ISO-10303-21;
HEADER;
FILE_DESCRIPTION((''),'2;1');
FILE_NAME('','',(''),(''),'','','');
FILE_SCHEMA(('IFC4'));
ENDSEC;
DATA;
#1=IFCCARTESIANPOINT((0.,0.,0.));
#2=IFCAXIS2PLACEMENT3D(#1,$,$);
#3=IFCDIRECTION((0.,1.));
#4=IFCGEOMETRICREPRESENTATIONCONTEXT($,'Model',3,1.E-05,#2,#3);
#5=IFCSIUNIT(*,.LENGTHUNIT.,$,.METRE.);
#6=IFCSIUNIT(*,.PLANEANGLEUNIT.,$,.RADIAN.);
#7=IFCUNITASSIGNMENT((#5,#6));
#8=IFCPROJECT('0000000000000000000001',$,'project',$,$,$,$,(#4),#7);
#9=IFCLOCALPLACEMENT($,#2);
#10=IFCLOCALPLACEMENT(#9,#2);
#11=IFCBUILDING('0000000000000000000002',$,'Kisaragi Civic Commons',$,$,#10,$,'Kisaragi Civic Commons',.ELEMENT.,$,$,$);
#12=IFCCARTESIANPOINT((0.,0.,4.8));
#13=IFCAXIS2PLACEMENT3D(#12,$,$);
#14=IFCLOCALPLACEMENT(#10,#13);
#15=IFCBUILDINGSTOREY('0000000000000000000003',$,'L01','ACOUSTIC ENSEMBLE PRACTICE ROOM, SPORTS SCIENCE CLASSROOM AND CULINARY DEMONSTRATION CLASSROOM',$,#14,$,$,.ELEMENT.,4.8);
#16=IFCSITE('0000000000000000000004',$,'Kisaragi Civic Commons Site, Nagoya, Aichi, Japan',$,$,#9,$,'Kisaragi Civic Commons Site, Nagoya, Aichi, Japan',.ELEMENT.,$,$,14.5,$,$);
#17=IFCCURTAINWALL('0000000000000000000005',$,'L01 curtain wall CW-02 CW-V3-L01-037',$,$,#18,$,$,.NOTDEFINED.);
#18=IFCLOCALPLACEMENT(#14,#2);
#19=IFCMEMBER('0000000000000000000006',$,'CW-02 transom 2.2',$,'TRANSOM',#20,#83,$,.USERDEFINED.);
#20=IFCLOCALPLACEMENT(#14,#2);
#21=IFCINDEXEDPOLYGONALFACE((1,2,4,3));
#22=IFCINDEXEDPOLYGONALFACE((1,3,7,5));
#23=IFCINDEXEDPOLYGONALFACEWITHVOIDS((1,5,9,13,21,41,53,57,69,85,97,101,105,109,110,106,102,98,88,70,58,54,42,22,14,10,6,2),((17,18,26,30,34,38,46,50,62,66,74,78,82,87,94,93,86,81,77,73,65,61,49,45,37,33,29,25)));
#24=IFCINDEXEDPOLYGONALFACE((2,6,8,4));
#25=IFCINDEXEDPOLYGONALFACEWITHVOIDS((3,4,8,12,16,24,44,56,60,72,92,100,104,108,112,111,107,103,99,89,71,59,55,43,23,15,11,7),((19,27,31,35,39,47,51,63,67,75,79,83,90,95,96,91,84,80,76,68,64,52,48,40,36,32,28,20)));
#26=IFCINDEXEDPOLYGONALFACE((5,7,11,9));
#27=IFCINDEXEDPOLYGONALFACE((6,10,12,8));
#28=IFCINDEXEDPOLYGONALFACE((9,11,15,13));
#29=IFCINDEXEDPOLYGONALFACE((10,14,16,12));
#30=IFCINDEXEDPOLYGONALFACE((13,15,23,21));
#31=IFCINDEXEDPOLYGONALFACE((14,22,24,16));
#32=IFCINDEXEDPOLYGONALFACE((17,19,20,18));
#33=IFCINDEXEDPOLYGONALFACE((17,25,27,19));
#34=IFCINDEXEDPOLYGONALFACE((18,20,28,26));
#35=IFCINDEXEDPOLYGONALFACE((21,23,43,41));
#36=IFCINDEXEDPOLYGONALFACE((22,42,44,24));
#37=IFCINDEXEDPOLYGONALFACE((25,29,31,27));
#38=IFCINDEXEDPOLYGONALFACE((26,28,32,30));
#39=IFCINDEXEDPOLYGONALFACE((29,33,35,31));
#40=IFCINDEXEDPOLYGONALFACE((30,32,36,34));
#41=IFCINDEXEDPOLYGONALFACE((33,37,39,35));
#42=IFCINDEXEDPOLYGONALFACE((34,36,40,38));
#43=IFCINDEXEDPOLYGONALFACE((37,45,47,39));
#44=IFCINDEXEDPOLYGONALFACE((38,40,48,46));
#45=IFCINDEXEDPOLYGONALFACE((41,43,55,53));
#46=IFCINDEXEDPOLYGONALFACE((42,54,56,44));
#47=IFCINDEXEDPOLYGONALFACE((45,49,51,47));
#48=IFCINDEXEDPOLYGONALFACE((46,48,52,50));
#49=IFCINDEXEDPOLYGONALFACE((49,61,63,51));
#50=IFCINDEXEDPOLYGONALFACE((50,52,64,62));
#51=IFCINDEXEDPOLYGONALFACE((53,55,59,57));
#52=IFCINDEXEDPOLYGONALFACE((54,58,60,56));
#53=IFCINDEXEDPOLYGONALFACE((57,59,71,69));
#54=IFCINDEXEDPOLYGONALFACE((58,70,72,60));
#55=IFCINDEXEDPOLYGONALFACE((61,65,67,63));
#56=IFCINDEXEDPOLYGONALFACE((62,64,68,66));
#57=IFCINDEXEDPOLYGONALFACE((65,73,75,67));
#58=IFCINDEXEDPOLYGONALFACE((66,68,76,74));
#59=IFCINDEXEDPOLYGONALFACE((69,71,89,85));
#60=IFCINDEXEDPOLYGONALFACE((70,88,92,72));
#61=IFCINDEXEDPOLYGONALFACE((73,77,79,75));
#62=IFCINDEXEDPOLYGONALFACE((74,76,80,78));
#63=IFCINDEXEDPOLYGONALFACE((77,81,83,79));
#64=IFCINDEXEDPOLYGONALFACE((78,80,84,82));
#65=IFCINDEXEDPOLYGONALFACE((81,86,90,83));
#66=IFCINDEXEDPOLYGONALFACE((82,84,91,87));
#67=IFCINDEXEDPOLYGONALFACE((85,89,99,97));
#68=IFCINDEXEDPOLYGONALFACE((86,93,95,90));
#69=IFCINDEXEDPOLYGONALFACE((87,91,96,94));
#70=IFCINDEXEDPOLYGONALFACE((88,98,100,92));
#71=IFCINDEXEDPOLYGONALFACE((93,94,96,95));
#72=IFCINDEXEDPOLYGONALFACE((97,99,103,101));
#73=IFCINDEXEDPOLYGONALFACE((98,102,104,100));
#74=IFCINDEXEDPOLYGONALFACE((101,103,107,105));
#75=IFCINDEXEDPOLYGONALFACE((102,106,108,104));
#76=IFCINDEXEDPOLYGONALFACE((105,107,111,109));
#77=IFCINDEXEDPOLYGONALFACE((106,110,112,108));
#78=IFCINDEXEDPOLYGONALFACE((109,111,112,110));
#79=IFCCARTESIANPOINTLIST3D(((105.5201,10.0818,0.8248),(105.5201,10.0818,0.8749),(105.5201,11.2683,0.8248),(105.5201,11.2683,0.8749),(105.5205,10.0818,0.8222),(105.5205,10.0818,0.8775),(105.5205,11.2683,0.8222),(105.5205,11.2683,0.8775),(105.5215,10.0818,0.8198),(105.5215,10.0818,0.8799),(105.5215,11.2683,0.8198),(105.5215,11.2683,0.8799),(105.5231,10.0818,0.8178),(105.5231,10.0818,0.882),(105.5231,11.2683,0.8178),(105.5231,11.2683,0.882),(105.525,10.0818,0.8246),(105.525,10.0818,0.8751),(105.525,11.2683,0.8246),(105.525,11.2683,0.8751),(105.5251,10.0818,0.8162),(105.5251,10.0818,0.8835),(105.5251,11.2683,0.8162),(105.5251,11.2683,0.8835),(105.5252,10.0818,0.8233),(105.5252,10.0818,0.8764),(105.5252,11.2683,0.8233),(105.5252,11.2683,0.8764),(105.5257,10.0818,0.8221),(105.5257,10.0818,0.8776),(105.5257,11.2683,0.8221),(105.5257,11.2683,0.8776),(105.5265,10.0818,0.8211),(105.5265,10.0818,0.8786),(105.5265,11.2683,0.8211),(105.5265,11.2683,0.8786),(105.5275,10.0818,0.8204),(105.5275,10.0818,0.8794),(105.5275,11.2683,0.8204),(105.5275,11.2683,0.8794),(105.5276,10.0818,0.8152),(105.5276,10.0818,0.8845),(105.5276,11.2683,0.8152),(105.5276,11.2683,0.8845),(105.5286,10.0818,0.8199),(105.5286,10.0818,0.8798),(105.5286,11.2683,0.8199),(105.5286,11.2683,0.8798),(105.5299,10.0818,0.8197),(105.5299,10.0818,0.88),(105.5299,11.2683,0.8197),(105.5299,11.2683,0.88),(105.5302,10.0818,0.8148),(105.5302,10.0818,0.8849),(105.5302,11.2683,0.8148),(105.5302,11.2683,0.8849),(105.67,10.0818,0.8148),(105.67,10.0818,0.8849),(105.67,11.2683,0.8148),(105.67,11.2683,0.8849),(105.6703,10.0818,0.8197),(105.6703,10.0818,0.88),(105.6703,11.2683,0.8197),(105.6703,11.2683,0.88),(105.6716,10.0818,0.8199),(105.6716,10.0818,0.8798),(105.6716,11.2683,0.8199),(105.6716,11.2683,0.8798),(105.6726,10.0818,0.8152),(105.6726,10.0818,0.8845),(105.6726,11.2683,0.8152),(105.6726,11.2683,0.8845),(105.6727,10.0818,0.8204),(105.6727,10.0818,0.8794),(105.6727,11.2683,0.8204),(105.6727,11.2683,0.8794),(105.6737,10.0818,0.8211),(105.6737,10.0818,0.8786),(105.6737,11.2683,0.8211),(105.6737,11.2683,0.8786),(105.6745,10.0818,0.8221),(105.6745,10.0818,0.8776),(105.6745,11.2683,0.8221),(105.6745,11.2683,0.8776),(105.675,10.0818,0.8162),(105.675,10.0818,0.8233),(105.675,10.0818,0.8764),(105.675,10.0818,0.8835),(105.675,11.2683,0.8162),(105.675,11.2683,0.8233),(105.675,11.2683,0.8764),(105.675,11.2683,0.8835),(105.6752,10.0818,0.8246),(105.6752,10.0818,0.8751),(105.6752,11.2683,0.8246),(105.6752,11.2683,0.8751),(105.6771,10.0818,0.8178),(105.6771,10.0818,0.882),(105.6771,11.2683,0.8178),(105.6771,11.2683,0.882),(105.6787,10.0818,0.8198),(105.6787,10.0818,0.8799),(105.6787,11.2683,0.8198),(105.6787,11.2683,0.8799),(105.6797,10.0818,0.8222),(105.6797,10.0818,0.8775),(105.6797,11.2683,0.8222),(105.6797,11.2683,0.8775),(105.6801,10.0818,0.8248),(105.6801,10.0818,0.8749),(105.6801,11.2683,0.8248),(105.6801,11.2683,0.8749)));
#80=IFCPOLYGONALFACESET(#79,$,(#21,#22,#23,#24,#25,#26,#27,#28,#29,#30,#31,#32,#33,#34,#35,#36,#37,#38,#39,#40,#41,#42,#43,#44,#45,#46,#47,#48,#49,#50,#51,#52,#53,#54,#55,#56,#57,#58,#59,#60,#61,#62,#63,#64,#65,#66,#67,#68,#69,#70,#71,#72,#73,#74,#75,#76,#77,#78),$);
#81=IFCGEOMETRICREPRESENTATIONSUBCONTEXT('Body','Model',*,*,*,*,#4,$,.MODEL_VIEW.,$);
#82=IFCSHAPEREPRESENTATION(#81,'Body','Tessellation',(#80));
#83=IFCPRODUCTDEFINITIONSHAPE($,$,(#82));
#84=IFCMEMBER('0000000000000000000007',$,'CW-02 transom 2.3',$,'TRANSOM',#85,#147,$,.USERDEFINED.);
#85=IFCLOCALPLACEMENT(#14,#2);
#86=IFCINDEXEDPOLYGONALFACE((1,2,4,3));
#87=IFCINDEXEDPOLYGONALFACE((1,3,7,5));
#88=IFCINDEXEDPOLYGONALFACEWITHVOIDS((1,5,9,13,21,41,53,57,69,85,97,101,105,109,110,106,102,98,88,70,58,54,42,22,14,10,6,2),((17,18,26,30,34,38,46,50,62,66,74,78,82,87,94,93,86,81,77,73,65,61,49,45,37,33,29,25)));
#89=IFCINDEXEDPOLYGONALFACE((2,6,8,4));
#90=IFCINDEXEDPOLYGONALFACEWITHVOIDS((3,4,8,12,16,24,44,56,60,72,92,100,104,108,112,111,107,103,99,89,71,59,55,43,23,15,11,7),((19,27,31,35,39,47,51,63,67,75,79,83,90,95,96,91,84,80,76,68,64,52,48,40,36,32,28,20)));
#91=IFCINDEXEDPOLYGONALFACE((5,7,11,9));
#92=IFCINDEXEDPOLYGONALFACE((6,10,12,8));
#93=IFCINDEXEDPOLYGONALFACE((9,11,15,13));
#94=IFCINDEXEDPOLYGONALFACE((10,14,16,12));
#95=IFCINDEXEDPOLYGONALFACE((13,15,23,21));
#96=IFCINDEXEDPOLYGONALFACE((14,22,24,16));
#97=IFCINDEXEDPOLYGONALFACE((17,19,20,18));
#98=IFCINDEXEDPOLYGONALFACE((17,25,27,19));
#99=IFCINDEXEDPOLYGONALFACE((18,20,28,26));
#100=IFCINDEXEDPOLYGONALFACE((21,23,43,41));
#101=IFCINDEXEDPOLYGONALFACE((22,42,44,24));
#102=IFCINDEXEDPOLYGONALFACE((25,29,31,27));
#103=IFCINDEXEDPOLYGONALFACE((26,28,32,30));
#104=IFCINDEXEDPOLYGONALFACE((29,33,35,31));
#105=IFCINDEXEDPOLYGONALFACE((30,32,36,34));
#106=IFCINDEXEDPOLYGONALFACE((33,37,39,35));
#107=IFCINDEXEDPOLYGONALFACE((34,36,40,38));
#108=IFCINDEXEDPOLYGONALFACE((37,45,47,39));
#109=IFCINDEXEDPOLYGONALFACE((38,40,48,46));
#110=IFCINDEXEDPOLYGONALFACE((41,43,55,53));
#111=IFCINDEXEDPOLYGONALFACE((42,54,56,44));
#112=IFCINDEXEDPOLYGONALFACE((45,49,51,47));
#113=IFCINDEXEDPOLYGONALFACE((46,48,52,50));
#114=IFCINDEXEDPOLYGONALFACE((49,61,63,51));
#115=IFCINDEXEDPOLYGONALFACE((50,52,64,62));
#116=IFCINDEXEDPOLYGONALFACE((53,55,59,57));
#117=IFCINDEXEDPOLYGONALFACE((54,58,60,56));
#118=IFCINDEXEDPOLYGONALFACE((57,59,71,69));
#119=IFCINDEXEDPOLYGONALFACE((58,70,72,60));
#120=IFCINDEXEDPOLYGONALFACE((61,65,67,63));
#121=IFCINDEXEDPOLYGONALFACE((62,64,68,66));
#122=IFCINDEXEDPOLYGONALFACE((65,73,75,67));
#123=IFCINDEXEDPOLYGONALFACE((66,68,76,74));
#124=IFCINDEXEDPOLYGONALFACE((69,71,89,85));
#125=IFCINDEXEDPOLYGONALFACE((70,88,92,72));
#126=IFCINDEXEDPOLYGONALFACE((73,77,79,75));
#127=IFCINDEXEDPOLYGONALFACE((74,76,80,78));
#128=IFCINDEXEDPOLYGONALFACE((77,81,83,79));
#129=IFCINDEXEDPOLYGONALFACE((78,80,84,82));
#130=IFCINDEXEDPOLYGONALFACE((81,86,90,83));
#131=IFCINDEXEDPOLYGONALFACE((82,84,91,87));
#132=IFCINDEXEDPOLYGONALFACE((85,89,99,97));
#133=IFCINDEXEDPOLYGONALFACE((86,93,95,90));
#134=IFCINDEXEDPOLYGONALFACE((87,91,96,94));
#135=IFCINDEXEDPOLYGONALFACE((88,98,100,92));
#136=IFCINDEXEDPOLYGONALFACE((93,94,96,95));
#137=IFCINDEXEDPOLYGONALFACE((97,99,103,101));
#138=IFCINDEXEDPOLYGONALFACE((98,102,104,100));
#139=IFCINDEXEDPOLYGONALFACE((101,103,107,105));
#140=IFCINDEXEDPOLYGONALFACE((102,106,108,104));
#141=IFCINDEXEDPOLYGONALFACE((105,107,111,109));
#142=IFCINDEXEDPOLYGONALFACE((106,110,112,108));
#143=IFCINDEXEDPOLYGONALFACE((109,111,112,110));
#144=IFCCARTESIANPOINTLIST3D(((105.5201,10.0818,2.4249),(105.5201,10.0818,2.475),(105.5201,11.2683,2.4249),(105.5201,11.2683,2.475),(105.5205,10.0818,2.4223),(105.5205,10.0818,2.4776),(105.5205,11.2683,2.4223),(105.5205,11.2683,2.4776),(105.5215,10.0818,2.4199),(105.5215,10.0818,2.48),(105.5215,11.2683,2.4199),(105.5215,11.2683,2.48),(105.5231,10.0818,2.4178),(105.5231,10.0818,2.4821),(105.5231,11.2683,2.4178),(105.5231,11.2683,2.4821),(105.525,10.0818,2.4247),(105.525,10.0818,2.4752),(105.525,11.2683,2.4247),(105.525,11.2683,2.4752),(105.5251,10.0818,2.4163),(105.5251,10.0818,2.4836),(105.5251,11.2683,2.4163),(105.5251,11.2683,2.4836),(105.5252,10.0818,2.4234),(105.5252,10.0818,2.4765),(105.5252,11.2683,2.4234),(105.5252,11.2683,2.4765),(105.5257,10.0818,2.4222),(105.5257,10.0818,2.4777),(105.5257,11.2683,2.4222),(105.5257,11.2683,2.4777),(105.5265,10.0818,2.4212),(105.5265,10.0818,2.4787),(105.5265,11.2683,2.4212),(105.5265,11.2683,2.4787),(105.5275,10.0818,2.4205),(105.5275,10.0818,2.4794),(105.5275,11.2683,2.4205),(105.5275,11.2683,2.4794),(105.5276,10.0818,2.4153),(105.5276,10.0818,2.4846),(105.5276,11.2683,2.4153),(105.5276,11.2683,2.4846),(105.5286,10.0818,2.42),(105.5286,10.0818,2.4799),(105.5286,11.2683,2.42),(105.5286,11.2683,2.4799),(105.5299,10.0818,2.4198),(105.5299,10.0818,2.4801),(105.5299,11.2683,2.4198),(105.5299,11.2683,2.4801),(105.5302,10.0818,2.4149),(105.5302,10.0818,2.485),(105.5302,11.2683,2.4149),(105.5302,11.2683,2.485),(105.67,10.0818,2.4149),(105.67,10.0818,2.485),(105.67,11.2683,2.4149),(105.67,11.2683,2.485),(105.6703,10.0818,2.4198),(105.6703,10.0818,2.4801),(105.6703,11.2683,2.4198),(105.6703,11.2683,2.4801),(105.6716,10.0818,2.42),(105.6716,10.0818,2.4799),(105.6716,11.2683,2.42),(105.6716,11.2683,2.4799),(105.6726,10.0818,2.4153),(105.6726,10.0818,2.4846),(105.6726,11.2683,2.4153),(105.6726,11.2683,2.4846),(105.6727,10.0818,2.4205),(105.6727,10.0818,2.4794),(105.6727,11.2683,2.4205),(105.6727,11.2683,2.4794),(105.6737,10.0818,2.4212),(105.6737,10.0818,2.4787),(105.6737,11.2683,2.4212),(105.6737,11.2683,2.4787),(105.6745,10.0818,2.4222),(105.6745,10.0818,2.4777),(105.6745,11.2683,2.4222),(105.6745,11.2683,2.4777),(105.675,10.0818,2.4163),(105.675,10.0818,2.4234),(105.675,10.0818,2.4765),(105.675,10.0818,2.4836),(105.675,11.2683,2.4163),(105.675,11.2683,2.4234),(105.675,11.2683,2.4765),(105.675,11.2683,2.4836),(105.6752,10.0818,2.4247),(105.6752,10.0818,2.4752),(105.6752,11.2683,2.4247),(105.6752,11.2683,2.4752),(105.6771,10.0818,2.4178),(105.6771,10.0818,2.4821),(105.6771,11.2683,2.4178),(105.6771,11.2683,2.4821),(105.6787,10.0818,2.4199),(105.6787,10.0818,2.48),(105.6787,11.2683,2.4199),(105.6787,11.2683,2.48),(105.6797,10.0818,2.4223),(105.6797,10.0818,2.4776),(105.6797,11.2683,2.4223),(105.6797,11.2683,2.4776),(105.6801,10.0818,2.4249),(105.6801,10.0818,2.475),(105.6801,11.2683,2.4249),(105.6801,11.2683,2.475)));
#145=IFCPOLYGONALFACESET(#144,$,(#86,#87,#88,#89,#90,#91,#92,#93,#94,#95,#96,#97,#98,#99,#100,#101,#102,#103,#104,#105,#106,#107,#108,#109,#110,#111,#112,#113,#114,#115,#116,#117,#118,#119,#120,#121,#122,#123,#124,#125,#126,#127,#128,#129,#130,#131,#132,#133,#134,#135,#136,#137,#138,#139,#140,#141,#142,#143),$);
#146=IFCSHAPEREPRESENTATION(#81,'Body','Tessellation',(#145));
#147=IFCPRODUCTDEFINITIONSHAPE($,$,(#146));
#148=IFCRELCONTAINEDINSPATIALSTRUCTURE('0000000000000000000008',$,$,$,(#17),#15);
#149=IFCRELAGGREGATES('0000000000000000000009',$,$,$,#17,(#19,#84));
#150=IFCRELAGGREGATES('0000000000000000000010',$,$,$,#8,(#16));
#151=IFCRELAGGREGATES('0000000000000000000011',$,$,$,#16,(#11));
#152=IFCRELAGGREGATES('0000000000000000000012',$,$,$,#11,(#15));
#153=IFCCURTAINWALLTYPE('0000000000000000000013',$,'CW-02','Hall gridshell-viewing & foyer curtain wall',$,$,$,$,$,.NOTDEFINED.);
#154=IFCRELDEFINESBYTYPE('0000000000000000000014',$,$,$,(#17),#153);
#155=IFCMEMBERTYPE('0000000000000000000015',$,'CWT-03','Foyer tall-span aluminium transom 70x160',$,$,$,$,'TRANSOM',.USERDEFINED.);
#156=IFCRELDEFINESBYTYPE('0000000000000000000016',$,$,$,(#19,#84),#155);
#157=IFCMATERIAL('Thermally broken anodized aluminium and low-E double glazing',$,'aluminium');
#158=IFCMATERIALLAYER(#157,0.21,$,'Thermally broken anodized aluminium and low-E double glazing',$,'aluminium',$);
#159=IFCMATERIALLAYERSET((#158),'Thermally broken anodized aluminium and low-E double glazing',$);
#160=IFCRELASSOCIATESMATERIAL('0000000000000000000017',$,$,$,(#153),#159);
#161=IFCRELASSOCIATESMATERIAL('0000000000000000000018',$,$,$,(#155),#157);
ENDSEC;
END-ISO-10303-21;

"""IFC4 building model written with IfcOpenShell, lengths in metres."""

from ifc_helpers import new_model, si_unit, direction, frame, origin, origin_2d, place, context, subcontext, project, spatial, hollow_rectangle, extrude, material, layer, layer_set, material_profile, profile_set, type_object, element, aggregate, save


model = new_model("IFC4")

# Units and contexts
model_context = context("Model", 3, precision=1e-05, world=origin(), true_north=direction((0.0, 1.0)))
body_context = subcontext(model_context, "Body", "Model", "MODEL_VIEW")
ifc_project = project(units=[si_unit("LENGTHUNIT", "METRE"), si_unit("PLANEANGLEUNIT", "RADIAN")], contexts=[model_context])

# Site, building, storey
site_placement = place(None, origin())
site = spatial("IfcSite", under=ifc_project, at=site_placement, Name="Kisaragi Civic Commons Site, Nagoya, Aichi, Japan", LongName="Kisaragi Civic Commons Site, Nagoya, Aichi, Japan", CompositionType="ELEMENT", RefElevation=14.5)
building_placement = place(site_placement, origin())
building = spatial("IfcBuilding", under=site, at=building_placement, Name="Kisaragi Civic Commons", LongName="Kisaragi Civic Commons", CompositionType="ELEMENT")
storey_placement = place(building_placement, frame((0.0, 0.0, 4.8)))
storey = spatial("IfcBuildingStorey", under=building, at=storey_placement, Name="L01", Description="ACOUSTIC ENSEMBLE PRACTICE ROOM, SPORTS SCIENCE CLASSROOM AND CULINARY DEMONSTRATION CLASSROOM", CompositionType="ELEMENT", Elevation=4.8)

# Curtain wall, members
ifc_material = material(Name="Thermally broken anodized aluminium and low-E double glazing", Category="aluminium")
ifc_layer_1 = layer(ifc_material, 0.21, Name="Thermally broken anodized aluminium and low-E double glazing", Category="aluminium")
ifc_layer_set_1 = layer_set([ifc_layer_1], Name="Thermally broken anodized aluminium and low-E double glazing")
curtain_wall_type = type_object("IfcCurtainWallType", Name="CW-02", Description="Hall gridshell-viewing & foyer curtain wall", PredefinedType="NOTDEFINED", material=ifc_layer_set_1)
curtain_wall_placement = place(storey_placement, origin())
curtain_wall = element("IfcCurtainWall", 1, at=curtain_wall_placement, inside=storey, type_object=curtain_wall_type, Name="L01 curtain wall CW-02 CW-V3-L01-037", PredefinedType="NOTDEFINED")
ifc_material_profile_1 = material_profile(ifc_material, hollow_rectangle(XDim=0.1599, YDim=0.0701, WallThickness=0.0049, InnerFilletRadius=0.0049, OuterFilletRadius=0.01, at=origin_2d()), Name="CWT-70x160x5", Category="aluminium")
ifc_profile_set_1 = profile_set([ifc_material_profile_1], Name="Thermally broken anodized aluminium and low-E double glazing")
member_type_1 = type_object("IfcMemberType", Name="CWT-03", Description="Foyer tall-span aluminium transom 70x160", ElementType="TRANSOM", PredefinedType="USERDEFINED", material=ifc_profile_set_1)
member_1_placement = place(storey_placement, frame((105.6001, 10.0818, 0.8499), z_axis=(0.0, 1.0, 0.0), x_axis=(-1.0, 0.0, 0.0)))
member_1 = element("IfcMember", 2, at=member_1_placement, type_object=member_type_1, Name="CW-02 transom 2.2", ObjectType="TRANSOM", PredefinedType="USERDEFINED", context=body_context, shape_type="SweptSolid", body=[
    extrude(hollow_rectangle(XDim=0.1599, YDim=0.0701, WallThickness=0.0049, InnerFilletRadius=0.0049, OuterFilletRadius=0.01, at=origin_2d()), origin(), (0.0, 0.0, 1.0), 1.1865),
])
member_2_placement = place(storey_placement, frame((105.6001, 10.0818, 2.45), z_axis=(0.0, 1.0, 0.0), x_axis=(-1.0, 0.0, 0.0)))
member_2 = element("IfcMember", 3, at=member_2_placement, type_object=member_type_1, Name="CW-02 transom 2.3", ObjectType="TRANSOM", PredefinedType="USERDEFINED", context=body_context, shape_type="SweptSolid", body=[
    extrude(hollow_rectangle(XDim=0.1599, YDim=0.0701, WallThickness=0.0049, InnerFilletRadius=0.0049, OuterFilletRadius=0.01, at=origin_2d()), origin(), (0.0, 0.0, 1.0), 1.1865),
])
aggregate(curtain_wall, [member_1, member_2])

save(model, "model.ifc")
